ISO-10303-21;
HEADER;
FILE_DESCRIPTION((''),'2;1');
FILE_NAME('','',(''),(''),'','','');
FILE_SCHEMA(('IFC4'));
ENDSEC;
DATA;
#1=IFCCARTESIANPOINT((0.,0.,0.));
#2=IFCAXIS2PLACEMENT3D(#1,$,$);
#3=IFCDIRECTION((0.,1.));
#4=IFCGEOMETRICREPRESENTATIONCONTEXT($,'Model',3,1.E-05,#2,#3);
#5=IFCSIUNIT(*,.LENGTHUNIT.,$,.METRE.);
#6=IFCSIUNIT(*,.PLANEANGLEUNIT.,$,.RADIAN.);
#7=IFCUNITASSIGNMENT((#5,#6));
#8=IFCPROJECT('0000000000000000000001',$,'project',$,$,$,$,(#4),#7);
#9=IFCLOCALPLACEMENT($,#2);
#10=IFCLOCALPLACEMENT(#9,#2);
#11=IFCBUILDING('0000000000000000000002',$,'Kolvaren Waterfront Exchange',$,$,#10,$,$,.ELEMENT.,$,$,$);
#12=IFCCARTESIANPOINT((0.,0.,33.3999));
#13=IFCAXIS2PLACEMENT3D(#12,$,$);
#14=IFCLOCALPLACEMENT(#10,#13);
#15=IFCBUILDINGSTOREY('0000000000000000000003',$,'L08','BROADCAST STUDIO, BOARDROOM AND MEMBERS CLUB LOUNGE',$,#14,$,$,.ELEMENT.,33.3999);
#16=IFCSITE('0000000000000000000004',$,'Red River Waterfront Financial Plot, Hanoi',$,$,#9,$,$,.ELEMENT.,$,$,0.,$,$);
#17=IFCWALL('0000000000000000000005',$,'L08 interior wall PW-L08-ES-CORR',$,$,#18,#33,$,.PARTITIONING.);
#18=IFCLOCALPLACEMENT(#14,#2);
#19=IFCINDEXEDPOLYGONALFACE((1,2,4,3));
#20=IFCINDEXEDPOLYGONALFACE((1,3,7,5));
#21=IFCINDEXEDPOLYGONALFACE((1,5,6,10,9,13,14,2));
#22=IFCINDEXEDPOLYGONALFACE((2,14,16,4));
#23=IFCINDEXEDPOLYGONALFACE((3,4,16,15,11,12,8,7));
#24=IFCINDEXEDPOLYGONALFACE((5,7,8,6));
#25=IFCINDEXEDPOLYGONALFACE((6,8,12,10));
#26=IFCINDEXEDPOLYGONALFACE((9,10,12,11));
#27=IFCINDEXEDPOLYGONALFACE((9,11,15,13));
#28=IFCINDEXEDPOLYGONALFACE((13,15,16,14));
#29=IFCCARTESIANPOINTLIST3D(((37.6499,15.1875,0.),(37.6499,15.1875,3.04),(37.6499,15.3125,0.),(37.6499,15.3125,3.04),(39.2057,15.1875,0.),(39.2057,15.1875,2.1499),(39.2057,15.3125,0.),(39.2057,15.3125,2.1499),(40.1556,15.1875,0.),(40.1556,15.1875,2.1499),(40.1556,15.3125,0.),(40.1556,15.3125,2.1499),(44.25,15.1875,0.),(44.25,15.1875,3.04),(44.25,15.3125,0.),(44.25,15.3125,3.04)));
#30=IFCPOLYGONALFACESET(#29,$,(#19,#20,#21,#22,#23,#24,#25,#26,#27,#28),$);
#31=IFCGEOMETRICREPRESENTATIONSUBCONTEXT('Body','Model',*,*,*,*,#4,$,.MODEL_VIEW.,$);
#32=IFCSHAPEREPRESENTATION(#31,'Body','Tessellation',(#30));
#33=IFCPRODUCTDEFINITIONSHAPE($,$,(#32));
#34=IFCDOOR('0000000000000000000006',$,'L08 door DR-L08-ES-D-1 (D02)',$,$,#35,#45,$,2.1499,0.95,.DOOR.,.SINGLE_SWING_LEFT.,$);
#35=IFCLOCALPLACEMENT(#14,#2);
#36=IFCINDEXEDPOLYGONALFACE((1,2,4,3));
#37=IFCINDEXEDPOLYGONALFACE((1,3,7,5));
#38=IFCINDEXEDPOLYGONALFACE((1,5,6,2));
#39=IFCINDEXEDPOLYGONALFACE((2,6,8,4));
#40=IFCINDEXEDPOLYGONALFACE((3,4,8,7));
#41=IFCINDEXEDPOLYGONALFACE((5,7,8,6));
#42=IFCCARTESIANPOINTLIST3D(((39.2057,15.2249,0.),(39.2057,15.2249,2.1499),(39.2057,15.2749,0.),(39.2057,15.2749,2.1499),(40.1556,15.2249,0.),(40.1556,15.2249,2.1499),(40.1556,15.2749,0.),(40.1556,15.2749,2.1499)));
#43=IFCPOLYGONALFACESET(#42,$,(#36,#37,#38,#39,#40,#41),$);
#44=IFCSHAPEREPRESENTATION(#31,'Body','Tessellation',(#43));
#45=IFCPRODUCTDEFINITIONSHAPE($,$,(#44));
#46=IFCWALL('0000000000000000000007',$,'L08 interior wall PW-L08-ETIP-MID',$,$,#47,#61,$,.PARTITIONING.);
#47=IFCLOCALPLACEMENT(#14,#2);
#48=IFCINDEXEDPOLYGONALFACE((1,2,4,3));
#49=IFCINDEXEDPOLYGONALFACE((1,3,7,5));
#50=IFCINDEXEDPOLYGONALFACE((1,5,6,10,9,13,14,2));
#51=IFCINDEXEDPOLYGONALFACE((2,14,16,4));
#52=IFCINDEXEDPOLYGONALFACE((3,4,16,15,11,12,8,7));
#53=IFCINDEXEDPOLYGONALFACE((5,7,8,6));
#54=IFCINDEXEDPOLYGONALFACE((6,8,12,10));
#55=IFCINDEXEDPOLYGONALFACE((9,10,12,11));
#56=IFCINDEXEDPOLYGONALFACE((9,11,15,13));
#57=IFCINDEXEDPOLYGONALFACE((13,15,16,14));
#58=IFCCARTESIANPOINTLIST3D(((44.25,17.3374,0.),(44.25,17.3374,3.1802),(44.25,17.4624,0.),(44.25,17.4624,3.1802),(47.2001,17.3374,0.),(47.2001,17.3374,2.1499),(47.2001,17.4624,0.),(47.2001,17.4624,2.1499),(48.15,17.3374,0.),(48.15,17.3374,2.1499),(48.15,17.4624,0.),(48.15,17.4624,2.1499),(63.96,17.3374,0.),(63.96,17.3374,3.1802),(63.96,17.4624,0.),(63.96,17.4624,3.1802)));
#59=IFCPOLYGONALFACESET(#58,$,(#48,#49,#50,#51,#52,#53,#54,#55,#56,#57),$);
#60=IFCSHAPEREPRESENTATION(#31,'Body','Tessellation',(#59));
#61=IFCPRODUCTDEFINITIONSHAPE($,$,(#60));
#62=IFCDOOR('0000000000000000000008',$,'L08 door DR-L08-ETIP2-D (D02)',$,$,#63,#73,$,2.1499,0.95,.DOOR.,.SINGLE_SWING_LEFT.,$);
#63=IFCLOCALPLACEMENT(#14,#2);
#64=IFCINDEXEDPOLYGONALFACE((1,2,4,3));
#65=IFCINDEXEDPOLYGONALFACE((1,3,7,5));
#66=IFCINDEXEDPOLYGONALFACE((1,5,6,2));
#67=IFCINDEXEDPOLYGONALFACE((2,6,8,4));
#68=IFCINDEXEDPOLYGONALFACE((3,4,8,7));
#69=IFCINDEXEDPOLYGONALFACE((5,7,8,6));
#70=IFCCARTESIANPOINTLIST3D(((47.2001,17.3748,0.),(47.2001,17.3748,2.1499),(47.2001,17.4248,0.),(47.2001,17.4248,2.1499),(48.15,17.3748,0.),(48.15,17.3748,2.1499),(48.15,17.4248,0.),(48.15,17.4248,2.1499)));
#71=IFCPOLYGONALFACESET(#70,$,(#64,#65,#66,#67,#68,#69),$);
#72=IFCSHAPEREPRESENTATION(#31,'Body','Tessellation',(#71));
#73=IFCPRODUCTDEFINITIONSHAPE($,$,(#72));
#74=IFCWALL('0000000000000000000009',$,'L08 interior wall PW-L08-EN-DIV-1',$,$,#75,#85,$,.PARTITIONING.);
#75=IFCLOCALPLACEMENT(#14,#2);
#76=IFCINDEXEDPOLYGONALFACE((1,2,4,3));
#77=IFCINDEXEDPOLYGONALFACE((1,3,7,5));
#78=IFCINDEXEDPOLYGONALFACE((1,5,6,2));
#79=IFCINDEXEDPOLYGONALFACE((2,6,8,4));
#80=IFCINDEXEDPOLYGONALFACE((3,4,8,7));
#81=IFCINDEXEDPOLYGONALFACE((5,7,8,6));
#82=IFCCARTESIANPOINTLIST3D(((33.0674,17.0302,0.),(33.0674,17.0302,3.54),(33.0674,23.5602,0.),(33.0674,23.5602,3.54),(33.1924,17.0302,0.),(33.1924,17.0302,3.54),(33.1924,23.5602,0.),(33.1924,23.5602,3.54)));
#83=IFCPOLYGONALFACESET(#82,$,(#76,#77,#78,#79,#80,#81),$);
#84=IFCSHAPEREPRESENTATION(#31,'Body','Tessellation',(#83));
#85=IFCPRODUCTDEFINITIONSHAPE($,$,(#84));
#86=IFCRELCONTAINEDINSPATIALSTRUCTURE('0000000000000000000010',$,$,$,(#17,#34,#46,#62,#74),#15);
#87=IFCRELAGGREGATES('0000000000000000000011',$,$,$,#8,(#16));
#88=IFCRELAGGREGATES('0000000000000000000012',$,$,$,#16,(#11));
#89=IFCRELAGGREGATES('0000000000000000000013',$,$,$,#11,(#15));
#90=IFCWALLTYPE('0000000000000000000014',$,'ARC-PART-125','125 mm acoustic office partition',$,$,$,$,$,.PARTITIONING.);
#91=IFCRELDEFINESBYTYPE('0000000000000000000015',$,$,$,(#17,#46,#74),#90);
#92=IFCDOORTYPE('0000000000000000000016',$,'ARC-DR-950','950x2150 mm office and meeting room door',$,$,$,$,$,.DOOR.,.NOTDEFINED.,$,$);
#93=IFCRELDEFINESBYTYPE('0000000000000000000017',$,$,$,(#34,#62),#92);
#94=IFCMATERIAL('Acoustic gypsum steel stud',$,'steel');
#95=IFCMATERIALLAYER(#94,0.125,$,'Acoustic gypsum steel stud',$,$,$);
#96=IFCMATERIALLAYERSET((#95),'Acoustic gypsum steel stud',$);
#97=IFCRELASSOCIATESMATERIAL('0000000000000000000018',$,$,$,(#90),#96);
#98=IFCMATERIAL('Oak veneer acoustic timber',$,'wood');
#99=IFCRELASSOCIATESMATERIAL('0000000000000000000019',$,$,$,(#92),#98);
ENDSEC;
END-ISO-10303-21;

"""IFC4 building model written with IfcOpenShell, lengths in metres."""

from ifc_helpers import new_model, si_unit, direction, frame, frame_2d, origin, place, context, subcontext, project, spatial, rectangle, extrude, material, layer, layer_set, type_object, element, fill, save


model = new_model("IFC4")

# Units and contexts
model_context = context("Model", 3, precision=1e-05, world=origin(), true_north=direction((0.0, 1.0)))
body_context = subcontext(model_context, "Body", "Model", "MODEL_VIEW")
ifc_project = project(units=[si_unit("LENGTHUNIT", "METRE"), si_unit("PLANEANGLEUNIT", "RADIAN")], contexts=[model_context])

# Site, building, storey
site_placement = place(None, origin())
site = spatial("IfcSite", under=ifc_project, at=site_placement, Name="Red River Waterfront Financial Plot, Hanoi", CompositionType="ELEMENT", RefElevation=0.0)
building_placement = place(site_placement, origin())
building = spatial("IfcBuilding", under=site, at=building_placement, Name="Kolvaren Waterfront Exchange", CompositionType="ELEMENT")
storey_placement = place(building_placement, frame((0.0, 0.0, 33.3999)))
storey = spatial("IfcBuildingStorey", under=building, at=storey_placement, Name="L08", Description="BROADCAST STUDIO, BOARDROOM AND MEMBERS CLUB LOUNGE", CompositionType="ELEMENT", Elevation=33.3999)

# Walls, openings, doors
ifc_material_1 = material(Name="Acoustic gypsum steel stud", Category="steel")
ifc_layer_1 = layer(ifc_material_1, 0.125, Name="Acoustic gypsum steel stud")
ifc_layer_set_1 = layer_set([ifc_layer_1], Name="Acoustic gypsum steel stud")
wall_type_1 = type_object("IfcWallType", Name="ARC-PART-125", Description="125 mm acoustic office partition", PredefinedType="PARTITIONING", material=ifc_layer_set_1)
wall_1_placement = place(storey_placement, frame((37.6499, 15.25, 0.0), z_axis=(0.0, 0.0, 1.0), x_axis=(1.0, 0.0, 0.0)))
wall_1 = element("IfcWall", 1, at=wall_1_placement, inside=storey, type_object=wall_type_1, Name="L08 interior wall PW-L08-ES-CORR", PredefinedType="PARTITIONING", context=body_context, shape_type="SweptSolid", body=[
    extrude(rectangle(XDim=6.6001, YDim=0.125, at=frame_2d((3.3, 0.0))), origin(), (0.0, 0.0, 1.0), 3.04),
])
opening_1_placement = place(wall_1_placement, frame((1.5557, 0.0, 0.0)))
opening_1 = element("IfcOpeningElement", 2, at=opening_1_placement, cuts=wall_1, PredefinedType="OPENING", context=body_context, shape_type="SweptSolid", body=[
    extrude(rectangle(XDim=0.95, YDim=2.1499, at=frame_2d((0.4751, 1.075))), frame((0.0, 0.0725, 0.0), z_axis=(0.0, -1.0, 0.0), x_axis=(1.0, 0.0, 0.0)), (0.0, 0.0, 1.0), 0.145),
])
ifc_material_2 = material(Name="Oak veneer acoustic timber", Category="wood")
door_type_1 = type_object("IfcDoorType", Name="ARC-DR-950", Description="950x2150 mm office and meeting room door", OperationType="NOTDEFINED", PredefinedType="DOOR", material=ifc_material_2)
door_1_placement = place(opening_1_placement, origin())
door_1 = element("IfcDoor", 3, at=door_1_placement, inside=storey, type_object=door_type_1, Name="L08 door DR-L08-ES-D-1 (D02)", OperationType="SINGLE_SWING_LEFT", OverallHeight=2.1499, OverallWidth=0.95, PredefinedType="DOOR", context=body_context, shape_type="SweptSolid", body=[
    extrude(rectangle(XDim=0.95, YDim=2.1499, at=frame_2d((0.4751, 1.075))), frame((0.0, 0.0249, 0.0), z_axis=(0.0, -1.0, 0.0), x_axis=(1.0, 0.0, 0.0)), (0.0, 0.0, 1.0), 0.05),
])
fill(opening_1, door_1)
wall_2_placement = place(storey_placement, frame((44.25, 17.3999, 0.0), z_axis=(0.0, 0.0, 1.0), x_axis=(1.0, 0.0, 0.0)))
wall_2 = element("IfcWall", 4, at=wall_2_placement, inside=storey, type_object=wall_type_1, Name="L08 interior wall PW-L08-ETIP-MID", PredefinedType="PARTITIONING", context=body_context, shape_type="SweptSolid", body=[
    extrude(rectangle(XDim=19.71, YDim=0.125, at=frame_2d((9.855, 0.0))), origin(), (0.0, 0.0, 1.0), 3.1802),
])
opening_2_placement = place(wall_2_placement, frame((2.95, 0.0, 0.0)))
opening_2 = element("IfcOpeningElement", 5, at=opening_2_placement, cuts=wall_2, PredefinedType="OPENING", context=body_context, shape_type="SweptSolid", body=[
    extrude(rectangle(XDim=0.95, YDim=2.1499, at=frame_2d((0.4751, 1.075))), frame((0.0, 0.0725, 0.0), z_axis=(0.0, -1.0, 0.0), x_axis=(1.0, 0.0, 0.0)), (0.0, 0.0, 1.0), 0.145),
])
door_2_placement = place(opening_2_placement, origin())
door_2 = element("IfcDoor", 6, at=door_2_placement, inside=storey, type_object=door_type_1, Name="L08 door DR-L08-ETIP2-D (D02)", OperationType="SINGLE_SWING_LEFT", OverallHeight=2.1499, OverallWidth=0.95, PredefinedType="DOOR", context=body_context, shape_type="SweptSolid", body=[
    extrude(rectangle(XDim=0.95, YDim=2.1499, at=frame_2d((0.4751, 1.075))), frame((0.0, 0.0249, 0.0), z_axis=(0.0, -1.0, 0.0), x_axis=(1.0, 0.0, 0.0)), (0.0, 0.0, 1.0), 0.05),
])
fill(opening_2, door_2)

# Wall
wall_3_placement = place(storey_placement, frame((33.1299, 17.03, 0.0), z_axis=(0.0, 0.0, 1.0), x_axis=(0.0, 1.0, 0.0)))
element("IfcWall", 7, at=wall_3_placement, inside=storey, type_object=wall_type_1, Name="L08 interior wall PW-L08-EN-DIV-1", PredefinedType="PARTITIONING", context=body_context, shape_type="SweptSolid", body=[
    extrude(rectangle(XDim=6.53, YDim=0.125, at=frame_2d((3.2651, 0.0))), origin(), (0.0, 0.0, 1.0), 3.54),
])

save(model, "model.ifc")
